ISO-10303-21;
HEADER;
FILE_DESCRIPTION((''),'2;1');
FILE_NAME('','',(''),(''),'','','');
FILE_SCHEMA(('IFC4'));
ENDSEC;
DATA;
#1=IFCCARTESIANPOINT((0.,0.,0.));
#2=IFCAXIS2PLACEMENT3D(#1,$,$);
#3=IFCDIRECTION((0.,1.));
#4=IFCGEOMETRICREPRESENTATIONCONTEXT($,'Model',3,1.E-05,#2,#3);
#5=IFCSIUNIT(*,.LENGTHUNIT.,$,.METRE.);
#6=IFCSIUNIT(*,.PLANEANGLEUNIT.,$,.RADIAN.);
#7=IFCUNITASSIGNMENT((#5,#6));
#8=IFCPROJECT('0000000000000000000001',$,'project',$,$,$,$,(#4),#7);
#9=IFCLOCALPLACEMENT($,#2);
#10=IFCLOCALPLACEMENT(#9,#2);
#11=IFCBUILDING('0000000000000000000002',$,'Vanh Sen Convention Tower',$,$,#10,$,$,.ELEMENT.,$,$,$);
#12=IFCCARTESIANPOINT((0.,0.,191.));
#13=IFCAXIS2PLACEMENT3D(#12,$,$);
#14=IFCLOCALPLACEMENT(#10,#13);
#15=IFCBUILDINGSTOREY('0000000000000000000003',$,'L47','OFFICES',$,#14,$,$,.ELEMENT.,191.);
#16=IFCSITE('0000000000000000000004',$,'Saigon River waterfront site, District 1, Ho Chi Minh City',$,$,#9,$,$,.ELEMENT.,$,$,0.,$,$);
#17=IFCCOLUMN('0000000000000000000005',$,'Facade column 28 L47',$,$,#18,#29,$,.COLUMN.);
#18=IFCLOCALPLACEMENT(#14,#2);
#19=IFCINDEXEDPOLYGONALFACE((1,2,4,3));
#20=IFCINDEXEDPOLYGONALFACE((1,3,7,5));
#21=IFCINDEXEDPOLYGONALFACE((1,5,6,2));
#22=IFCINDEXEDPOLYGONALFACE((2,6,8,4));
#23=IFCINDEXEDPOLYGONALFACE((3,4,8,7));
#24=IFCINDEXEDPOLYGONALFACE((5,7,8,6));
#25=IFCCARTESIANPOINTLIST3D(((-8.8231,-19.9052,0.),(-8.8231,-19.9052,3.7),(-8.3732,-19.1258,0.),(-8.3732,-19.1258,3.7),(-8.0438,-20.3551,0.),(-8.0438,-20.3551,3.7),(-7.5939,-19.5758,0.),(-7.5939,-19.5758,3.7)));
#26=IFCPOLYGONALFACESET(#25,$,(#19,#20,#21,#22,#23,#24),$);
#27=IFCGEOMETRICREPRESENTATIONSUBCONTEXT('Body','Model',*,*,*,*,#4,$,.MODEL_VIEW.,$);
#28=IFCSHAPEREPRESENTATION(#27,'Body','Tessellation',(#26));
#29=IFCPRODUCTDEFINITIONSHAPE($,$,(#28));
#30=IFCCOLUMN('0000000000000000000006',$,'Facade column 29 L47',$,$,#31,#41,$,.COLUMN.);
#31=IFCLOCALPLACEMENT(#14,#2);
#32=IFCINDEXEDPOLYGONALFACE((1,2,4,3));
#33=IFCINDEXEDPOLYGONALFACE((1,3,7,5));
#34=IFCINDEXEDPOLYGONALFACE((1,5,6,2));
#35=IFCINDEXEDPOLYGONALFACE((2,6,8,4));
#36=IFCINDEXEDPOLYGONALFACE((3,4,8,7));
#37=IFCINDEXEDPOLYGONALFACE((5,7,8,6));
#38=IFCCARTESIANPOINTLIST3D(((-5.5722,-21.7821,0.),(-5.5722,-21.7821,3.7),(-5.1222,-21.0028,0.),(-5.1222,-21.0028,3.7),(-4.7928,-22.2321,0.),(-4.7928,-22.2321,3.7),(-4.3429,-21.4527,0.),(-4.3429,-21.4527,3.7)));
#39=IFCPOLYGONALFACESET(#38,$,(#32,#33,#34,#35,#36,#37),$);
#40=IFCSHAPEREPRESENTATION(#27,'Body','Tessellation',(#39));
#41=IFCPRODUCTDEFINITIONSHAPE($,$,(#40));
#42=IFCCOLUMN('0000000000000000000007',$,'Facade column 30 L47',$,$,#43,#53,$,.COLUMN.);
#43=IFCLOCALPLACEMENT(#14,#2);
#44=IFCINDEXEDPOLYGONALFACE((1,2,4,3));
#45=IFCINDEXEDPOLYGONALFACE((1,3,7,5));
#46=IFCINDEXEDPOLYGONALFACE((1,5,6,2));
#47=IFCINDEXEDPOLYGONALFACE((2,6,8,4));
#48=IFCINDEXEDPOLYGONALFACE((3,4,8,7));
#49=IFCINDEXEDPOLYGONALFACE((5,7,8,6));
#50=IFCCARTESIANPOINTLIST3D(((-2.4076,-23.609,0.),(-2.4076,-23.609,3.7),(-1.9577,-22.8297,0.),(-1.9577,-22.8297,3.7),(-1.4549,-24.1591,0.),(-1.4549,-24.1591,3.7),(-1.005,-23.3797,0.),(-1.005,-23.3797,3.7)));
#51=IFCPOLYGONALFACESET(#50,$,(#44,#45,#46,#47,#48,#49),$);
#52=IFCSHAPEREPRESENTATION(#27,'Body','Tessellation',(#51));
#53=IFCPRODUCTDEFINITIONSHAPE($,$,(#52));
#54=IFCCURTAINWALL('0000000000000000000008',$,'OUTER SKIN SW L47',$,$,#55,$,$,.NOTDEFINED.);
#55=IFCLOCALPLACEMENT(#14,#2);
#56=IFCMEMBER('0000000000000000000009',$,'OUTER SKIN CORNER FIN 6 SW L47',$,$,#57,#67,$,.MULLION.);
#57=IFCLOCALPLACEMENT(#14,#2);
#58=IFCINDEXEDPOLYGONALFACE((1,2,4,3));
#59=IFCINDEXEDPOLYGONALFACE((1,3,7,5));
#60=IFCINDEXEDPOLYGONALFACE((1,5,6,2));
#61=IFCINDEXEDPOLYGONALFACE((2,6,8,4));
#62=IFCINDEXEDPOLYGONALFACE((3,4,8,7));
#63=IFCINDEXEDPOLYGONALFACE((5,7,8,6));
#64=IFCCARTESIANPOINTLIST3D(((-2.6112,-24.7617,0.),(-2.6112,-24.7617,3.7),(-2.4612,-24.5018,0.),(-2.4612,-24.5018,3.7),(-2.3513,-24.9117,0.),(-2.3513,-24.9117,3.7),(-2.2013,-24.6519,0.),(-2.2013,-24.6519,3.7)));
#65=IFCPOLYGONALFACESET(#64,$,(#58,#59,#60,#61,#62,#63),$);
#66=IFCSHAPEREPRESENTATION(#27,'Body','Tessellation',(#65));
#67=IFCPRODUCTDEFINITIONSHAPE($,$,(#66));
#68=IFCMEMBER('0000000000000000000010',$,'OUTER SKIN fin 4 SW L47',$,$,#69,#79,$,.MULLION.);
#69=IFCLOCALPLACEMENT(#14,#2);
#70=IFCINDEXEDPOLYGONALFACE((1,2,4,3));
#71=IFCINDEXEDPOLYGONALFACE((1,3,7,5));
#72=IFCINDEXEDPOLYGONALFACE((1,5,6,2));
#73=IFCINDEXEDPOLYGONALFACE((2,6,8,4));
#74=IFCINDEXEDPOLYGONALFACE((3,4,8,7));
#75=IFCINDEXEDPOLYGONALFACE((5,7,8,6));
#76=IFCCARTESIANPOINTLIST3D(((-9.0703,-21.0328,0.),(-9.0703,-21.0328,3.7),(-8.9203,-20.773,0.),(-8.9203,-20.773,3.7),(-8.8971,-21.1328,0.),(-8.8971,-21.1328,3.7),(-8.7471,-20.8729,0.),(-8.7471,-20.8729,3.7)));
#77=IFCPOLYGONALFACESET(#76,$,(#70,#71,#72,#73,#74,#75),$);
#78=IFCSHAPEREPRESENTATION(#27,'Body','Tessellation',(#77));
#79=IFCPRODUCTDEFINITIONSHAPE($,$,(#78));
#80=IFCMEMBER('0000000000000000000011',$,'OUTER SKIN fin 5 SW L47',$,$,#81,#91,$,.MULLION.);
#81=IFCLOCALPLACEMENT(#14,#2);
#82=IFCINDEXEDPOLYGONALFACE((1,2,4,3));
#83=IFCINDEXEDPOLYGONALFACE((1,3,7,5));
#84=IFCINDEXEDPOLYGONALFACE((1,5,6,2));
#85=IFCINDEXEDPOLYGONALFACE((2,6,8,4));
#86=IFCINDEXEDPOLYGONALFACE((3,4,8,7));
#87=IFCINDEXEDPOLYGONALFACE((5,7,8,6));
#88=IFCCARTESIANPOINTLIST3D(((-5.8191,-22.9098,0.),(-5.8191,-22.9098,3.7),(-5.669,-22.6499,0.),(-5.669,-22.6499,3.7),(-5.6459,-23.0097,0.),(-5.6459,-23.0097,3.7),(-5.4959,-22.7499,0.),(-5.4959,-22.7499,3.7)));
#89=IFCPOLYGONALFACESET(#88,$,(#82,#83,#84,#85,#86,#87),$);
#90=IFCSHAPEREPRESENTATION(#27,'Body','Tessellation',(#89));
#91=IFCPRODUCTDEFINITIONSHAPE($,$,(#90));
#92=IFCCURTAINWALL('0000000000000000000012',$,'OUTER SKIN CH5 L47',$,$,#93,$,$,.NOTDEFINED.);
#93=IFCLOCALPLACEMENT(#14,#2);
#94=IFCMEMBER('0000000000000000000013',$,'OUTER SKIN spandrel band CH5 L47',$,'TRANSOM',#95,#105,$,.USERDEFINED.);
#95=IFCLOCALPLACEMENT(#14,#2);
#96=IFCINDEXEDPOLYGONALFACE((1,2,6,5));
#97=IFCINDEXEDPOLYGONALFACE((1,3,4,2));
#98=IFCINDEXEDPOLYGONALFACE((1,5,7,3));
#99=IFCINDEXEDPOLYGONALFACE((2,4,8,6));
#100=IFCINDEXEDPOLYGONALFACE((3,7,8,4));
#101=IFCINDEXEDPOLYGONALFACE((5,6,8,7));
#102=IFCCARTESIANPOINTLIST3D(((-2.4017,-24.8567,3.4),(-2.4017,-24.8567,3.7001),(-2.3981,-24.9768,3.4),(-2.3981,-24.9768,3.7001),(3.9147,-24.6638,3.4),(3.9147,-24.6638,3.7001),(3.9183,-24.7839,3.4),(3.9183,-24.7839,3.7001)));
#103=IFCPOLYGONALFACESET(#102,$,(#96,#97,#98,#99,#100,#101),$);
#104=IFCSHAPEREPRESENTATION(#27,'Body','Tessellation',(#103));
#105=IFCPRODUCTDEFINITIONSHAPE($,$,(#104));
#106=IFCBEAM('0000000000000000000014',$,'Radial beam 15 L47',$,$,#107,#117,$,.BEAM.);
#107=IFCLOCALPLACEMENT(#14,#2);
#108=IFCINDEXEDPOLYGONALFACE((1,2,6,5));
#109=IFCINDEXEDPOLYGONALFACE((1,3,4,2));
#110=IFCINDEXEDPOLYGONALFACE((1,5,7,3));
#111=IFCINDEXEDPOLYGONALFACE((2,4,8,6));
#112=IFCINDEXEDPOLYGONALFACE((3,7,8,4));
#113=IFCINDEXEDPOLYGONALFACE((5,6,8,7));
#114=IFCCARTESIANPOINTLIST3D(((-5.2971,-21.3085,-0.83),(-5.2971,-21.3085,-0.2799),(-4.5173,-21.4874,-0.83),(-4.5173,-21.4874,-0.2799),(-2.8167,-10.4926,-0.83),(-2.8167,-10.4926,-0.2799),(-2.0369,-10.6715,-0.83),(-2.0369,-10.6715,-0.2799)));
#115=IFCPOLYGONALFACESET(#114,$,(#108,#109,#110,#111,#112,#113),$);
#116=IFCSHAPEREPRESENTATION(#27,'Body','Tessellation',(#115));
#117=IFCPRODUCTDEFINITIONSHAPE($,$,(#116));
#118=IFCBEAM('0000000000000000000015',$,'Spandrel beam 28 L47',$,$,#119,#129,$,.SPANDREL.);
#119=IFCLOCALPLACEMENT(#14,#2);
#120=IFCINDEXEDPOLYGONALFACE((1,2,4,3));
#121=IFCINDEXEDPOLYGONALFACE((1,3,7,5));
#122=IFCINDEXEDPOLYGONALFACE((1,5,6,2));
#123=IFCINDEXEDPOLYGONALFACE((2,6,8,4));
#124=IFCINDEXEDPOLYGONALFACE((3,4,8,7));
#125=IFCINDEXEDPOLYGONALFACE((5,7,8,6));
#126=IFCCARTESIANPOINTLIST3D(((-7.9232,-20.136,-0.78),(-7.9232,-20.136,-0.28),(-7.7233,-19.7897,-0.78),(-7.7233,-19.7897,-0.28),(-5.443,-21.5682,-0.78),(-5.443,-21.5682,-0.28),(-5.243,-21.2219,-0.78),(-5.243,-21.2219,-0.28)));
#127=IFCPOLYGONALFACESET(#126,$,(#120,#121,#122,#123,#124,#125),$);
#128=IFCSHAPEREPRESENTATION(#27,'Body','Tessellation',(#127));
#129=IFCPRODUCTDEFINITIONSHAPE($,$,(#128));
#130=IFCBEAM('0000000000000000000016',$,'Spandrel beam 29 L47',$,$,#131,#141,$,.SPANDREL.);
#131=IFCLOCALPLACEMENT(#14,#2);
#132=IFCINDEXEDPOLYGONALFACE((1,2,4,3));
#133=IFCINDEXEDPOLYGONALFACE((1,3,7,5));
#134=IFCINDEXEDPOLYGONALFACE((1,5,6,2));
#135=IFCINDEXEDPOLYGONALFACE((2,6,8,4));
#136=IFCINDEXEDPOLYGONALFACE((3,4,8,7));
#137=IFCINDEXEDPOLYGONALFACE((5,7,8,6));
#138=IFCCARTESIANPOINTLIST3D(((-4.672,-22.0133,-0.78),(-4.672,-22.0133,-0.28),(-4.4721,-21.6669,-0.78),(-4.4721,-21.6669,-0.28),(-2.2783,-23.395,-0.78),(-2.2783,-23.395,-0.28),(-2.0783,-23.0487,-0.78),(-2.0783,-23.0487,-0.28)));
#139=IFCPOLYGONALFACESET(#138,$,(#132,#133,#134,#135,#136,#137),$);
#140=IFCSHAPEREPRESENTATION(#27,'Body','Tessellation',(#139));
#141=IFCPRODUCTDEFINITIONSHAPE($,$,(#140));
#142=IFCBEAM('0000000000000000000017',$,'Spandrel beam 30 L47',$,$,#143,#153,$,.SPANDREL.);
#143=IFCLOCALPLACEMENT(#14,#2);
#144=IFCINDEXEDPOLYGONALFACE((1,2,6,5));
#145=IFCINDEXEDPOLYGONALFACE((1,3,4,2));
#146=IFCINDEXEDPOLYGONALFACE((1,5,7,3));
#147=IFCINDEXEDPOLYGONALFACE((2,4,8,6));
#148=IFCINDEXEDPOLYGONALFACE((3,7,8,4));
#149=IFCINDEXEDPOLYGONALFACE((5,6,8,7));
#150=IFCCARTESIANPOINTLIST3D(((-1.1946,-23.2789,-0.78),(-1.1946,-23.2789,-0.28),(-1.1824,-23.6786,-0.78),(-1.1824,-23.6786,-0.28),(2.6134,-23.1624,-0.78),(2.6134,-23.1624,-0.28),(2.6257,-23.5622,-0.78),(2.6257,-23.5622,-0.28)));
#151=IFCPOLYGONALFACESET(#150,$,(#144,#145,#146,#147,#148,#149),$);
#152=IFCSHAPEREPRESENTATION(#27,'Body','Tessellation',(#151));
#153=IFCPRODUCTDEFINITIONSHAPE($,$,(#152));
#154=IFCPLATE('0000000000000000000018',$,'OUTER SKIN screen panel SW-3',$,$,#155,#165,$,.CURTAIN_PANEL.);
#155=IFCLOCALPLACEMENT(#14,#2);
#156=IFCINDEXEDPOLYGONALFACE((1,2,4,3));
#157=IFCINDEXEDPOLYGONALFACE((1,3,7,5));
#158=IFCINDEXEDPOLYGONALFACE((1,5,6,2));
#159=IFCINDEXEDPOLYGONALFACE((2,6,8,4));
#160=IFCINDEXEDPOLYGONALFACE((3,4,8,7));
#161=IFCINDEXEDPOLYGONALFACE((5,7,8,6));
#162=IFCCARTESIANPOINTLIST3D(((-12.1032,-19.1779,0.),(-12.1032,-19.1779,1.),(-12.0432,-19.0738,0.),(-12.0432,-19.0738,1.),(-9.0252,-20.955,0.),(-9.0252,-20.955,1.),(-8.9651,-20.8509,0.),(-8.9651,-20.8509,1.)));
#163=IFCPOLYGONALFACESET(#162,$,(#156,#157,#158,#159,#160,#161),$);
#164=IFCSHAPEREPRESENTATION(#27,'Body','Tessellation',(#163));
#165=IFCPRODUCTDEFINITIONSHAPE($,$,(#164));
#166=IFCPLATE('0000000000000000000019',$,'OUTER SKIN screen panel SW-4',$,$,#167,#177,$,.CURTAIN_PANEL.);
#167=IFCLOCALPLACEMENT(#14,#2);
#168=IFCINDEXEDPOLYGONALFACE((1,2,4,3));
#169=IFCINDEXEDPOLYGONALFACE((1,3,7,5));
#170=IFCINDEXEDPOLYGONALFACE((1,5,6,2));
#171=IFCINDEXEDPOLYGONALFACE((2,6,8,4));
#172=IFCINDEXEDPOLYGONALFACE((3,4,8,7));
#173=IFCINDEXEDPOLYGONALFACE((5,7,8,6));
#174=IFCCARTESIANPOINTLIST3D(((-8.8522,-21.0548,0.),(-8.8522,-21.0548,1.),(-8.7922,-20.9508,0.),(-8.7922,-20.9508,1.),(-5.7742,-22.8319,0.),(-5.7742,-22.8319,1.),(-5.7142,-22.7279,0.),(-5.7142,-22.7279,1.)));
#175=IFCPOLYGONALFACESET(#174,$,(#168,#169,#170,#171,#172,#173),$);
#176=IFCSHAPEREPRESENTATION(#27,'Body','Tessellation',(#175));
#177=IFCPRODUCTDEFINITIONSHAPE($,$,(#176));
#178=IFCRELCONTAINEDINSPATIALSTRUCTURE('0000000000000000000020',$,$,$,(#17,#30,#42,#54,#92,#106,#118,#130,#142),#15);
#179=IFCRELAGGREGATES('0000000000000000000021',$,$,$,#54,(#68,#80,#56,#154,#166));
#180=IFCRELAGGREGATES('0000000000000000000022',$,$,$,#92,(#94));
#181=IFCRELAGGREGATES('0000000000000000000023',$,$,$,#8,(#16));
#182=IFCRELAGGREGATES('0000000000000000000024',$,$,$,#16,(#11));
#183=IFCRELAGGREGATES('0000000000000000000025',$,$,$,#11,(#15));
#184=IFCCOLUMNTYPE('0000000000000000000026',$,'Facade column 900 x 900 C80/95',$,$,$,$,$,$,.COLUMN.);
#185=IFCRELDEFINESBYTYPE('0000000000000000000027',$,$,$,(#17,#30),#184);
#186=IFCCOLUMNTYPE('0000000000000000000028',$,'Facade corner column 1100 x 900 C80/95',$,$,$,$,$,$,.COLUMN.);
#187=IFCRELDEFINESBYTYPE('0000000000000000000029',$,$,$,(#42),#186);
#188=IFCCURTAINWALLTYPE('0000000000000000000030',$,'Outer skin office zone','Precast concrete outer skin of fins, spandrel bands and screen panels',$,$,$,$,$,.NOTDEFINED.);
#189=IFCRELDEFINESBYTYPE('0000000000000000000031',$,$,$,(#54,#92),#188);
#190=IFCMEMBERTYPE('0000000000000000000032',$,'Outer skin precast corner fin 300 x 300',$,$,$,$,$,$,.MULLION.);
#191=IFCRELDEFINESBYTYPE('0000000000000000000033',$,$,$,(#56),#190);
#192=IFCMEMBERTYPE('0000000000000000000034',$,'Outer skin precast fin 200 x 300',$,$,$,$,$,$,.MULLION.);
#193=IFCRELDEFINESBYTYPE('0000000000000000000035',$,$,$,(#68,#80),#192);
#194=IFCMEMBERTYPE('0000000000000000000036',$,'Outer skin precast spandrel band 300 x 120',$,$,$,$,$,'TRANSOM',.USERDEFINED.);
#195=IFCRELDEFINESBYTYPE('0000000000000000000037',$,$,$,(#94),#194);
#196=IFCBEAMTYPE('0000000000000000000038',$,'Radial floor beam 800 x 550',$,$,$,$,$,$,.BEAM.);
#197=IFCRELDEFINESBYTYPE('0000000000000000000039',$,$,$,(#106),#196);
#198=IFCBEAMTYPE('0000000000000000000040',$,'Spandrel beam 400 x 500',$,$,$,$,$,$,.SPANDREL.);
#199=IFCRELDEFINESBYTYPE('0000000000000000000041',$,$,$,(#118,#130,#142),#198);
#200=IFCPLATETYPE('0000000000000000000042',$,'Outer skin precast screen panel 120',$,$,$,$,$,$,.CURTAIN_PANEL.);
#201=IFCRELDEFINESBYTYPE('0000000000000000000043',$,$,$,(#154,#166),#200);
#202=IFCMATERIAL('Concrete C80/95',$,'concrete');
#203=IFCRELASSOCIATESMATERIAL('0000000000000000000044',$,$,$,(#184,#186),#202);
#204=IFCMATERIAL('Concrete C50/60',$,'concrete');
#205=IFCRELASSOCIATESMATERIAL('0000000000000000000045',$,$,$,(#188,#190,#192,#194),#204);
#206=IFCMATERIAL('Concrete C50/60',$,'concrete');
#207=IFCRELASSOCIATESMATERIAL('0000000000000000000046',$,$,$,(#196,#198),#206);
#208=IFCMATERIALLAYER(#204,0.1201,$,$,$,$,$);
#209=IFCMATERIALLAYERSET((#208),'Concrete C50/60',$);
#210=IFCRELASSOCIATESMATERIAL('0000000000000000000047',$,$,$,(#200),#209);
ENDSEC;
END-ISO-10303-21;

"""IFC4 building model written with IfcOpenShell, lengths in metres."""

from ifc_helpers import new_model, si_unit, direction, frame, origin, origin_2d, place, context, subcontext, project, spatial, rectangle, extrude, material, layer, layer_set, material_profile, profile_set, type_object, element, aggregate, save


model = new_model("IFC4")

# Units and contexts
model_context = context("Model", 3, precision=1e-05, world=origin(), true_north=direction((0.0, 1.0)))
body_context = subcontext(model_context, "Body", "Model", "MODEL_VIEW")
ifc_project = project(units=[si_unit("LENGTHUNIT", "METRE"), si_unit("PLANEANGLEUNIT", "RADIAN")], contexts=[model_context])

# Site, building, storey
site_placement = place(None, origin())
site = spatial("IfcSite", under=ifc_project, at=site_placement, Name="Saigon River waterfront site, District 1, Ho Chi Minh City", CompositionType="ELEMENT", RefElevation=0.0)
building_placement = place(site_placement, origin())
building = spatial("IfcBuilding", under=site, at=building_placement, Name="Vanh Sen Convention Tower", CompositionType="ELEMENT")
storey_placement = place(building_placement, frame((0.0, 0.0, 191.0)))
storey = spatial("IfcBuildingStorey", under=building, at=storey_placement, Name="L47", Description="OFFICES", CompositionType="ELEMENT", Elevation=191.0)

# Columns
ifc_material_1 = material(Name="Concrete C80/95", Category="concrete")
ifc_material_profile_1 = material_profile(ifc_material_1, rectangle(XDim=0.8999, YDim=0.8999, at=origin_2d()), Name="RC 900X900")
ifc_profile_set_1 = profile_set([ifc_material_profile_1], Name="Concrete C80/95")
column_type_1 = type_object("IfcColumnType", Name="Facade column 900 x 900 C80/95", PredefinedType="COLUMN", material=ifc_profile_set_1)
for number, where, z_axis, x_axis, name in (
    (1, (-8.2085, -19.7405, 0.0), (0.0, 0.0, 1.0), (0.866025, -0.5, 0.0), "Facade column 28 L47"),
    (2, (-4.9575, -21.6174, 0.0), (0.0, 0.0, 1.0), (0.866025, -0.5, 0.0), "Facade column 29 L47"),
):
    element("IfcColumn", number, at=place(storey_placement, frame(where, z_axis=z_axis, x_axis=x_axis)), inside=storey, type_object=column_type_1, Name=name, PredefinedType="COLUMN", context=body_context, shape_type="SweptSolid", body=[
        extrude(rectangle(XDim=0.8999, YDim=0.8999, at=origin_2d()), origin(), (0.0, 0.0, 1.0), 3.7),
    ])
ifc_material_profile_2 = material_profile(ifc_material_1, rectangle(XDim=1.1001, YDim=0.8999, at=origin_2d()), Name="RC 1100X900")
ifc_profile_set_2 = profile_set([ifc_material_profile_2], Name="Concrete C80/95")
column_type_2 = type_object("IfcColumnType", Name="Facade corner column 1100 x 900 C80/95", PredefinedType="COLUMN", material=ifc_profile_set_2)
column_placement = place(storey_placement, frame((-1.7063, -23.4944, 0.0), z_axis=(0.0, 0.0, 1.0), x_axis=(0.866025, -0.5, 0.0)))
element("IfcColumn", 3, at=column_placement, inside=storey, type_object=column_type_2, Name="Facade column 30 L47", PredefinedType="COLUMN", context=body_context, shape_type="SweptSolid", body=[
    extrude(rectangle(XDim=1.1001, YDim=0.8999, at=origin_2d()), origin(), (0.0, 0.0, 1.0), 3.7),
])

# Curtain wall, members
ifc_material_2 = material(Name="Concrete C50/60", Category="concrete")
curtain_wall_type = type_object("IfcCurtainWallType", Name="Outer skin office zone", Description="Precast concrete outer skin of fins, spandrel bands and screen panels", PredefinedType="NOTDEFINED", material=ifc_material_2)
curtain_wall_1_placement = place(storey_placement, origin())
curtain_wall_1 = element("IfcCurtainWall", 4, at=curtain_wall_1_placement, inside=storey, type_object=curtain_wall_type, Name="OUTER SKIN SW L47", PredefinedType="NOTDEFINED")
ifc_material_profile_3 = material_profile(ifc_material_2, rectangle(XDim=0.3, YDim=0.3, at=origin_2d()), Name="Outer skin precast corner fin 300 x 300")
ifc_profile_set_3 = profile_set([ifc_material_profile_3], Name="Concrete C50/60")
member_type_1 = type_object("IfcMemberType", Name="Outer skin precast corner fin 300 x 300", PredefinedType="MULLION", material=ifc_profile_set_3)
member_1_placement = place(storey_placement, frame((-2.4062, -24.7068, 0.0), z_axis=(0.0, 0.0, 1.0), x_axis=(0.866025, -0.5, 0.0)))
member_1 = element("IfcMember", 5, at=member_1_placement, type_object=member_type_1, Name="OUTER SKIN CORNER FIN 6 SW L47", PredefinedType="MULLION", context=body_context, shape_type="SweptSolid", body=[
    extrude(rectangle(XDim=0.3, YDim=0.3, at=origin_2d()), origin(), (0.0, 0.0, 1.0), 3.7),
])
ifc_material_profile_4 = material_profile(ifc_material_2, rectangle(XDim=0.2, YDim=0.3, at=origin_2d()), Name="Outer skin precast fin 200 x 300")
ifc_profile_set_4 = profile_set([ifc_material_profile_4], Name="Concrete C50/60")
member_type_2 = type_object("IfcMemberType", Name="Outer skin precast fin 200 x 300", PredefinedType="MULLION", material=ifc_profile_set_4)
member_2_placement = place(storey_placement, frame((-8.9087, -20.9529, 0.0), z_axis=(0.0, 0.0, 1.0), x_axis=(0.866025, -0.5, 0.0)))
member_2 = element("IfcMember", 6, at=member_2_placement, type_object=member_type_2, Name="OUTER SKIN fin 4 SW L47", PredefinedType="MULLION", context=body_context, shape_type="SweptSolid", body=[
    extrude(rectangle(XDim=0.2, YDim=0.3, at=origin_2d()), origin(), (0.0, 0.0, 1.0), 3.7),
])
member_3_placement = place(storey_placement, frame((-5.6575, -22.8298, 0.0), z_axis=(0.0, 0.0, 1.0), x_axis=(0.866025, -0.5, 0.0)))
member_3 = element("IfcMember", 7, at=member_3_placement, type_object=member_type_2, Name="OUTER SKIN fin 5 SW L47", PredefinedType="MULLION", context=body_context, shape_type="SweptSolid", body=[
    extrude(rectangle(XDim=0.2, YDim=0.3, at=origin_2d()), origin(), (0.0, 0.0, 1.0), 3.7),
])

# Curtain wall, member
curtain_wall_2_placement = place(storey_placement, origin())
curtain_wall_2 = element("IfcCurtainWall", 8, at=curtain_wall_2_placement, inside=storey, type_object=curtain_wall_type, Name="OUTER SKIN CH5 L47", PredefinedType="NOTDEFINED")
ifc_material_profile_5 = material_profile(ifc_material_2, rectangle(XDim=0.1201, YDim=0.3, at=origin_2d()), Name="Outer skin precast spandrel band 300 x 120")
ifc_profile_set_5 = profile_set([ifc_material_profile_5], Name="Concrete C50/60")
member_type_3 = type_object("IfcMemberType", Name="Outer skin precast spandrel band 300 x 120", ElementType="TRANSOM", PredefinedType="USERDEFINED", material=ifc_profile_set_5)
member_4_placement = place(storey_placement, frame((-2.3999, -24.9167, 3.55), z_axis=(0.999534, 0.030521, 0.0), x_axis=(-0.030521, 0.999534, 0.0)))
member_4 = element("IfcMember", 9, at=member_4_placement, type_object=member_type_3, Name="OUTER SKIN spandrel band CH5 L47", ObjectType="TRANSOM", PredefinedType="USERDEFINED", context=body_context, shape_type="SweptSolid", body=[
    extrude(rectangle(XDim=0.1201, YDim=0.3, at=origin_2d()), origin(), (0.0, 0.0, 1.0), 6.3193),
])

# Beams
ifc_material_3 = material(Name="Concrete C50/60", Category="concrete")
ifc_material_profile_6 = material_profile(ifc_material_3, rectangle(XDim=0.8, YDim=0.55, at=origin_2d()), Name="RC 800X550")
ifc_profile_set_6 = profile_set([ifc_material_profile_6], Name="Concrete C50/60")
beam_type_1 = type_object("IfcBeamType", Name="Radial floor beam 800 x 550", PredefinedType="BEAM", material=ifc_profile_set_6)
beam_1_placement = place(storey_placement, frame((-4.9072, -21.3979, -0.5549), z_axis=(0.223532, 0.974697, 0.0), x_axis=(-0.974697, 0.223532, 0.0)))
element("IfcBeam", 10, at=beam_1_placement, inside=storey, type_object=beam_type_1, Name="Radial beam 15 L47", PredefinedType="BEAM", context=body_context, shape_type="SweptSolid", body=[
    extrude(rectangle(XDim=0.8, YDim=0.55, at=origin_2d()), origin(), (0.0, 0.0, 1.0), 11.0967),
])
ifc_material_profile_7 = material_profile(ifc_material_3, rectangle(XDim=0.3999, YDim=0.5, at=origin_2d()), Name="RC 400X500")
ifc_profile_set_7 = profile_set([ifc_material_profile_7], Name="Concrete C50/60")
beam_type_2 = type_object("IfcBeamType", Name="Spandrel beam 400 x 500", PredefinedType="SPANDREL", material=ifc_profile_set_7)
beam_2_placement = place(storey_placement, frame((-7.8232, -19.9629, -0.53), z_axis=(0.866, -0.500045, 0.0), x_axis=(0.500045, 0.866, 0.0)))
element("IfcBeam", 11, at=beam_2_placement, inside=storey, type_object=beam_type_2, Name="Spandrel beam 28 L47", PredefinedType="SPANDREL", context=body_context, shape_type="SweptSolid", body=[
    extrude(rectangle(XDim=0.3999, YDim=0.5, at=origin_2d()), origin(), (0.0, 0.0, 1.0), 2.864),
])
beam_3_placement = place(storey_placement, frame((-4.572, -21.8401, -0.53), z_axis=(0.866061, -0.499939, 0.0), x_axis=(0.499939, 0.866061, 0.0)))
element("IfcBeam", 12, at=beam_3_placement, inside=storey, type_object=beam_type_2, Name="Spandrel beam 29 L47", PredefinedType="SPANDREL", context=body_context, shape_type="SweptSolid", body=[
    extrude(rectangle(XDim=0.3999, YDim=0.5, at=origin_2d()), origin(), (0.0, 0.0, 1.0), 2.7639),
])
beam_4_placement = place(storey_placement, frame((-1.1885, -23.4788, -0.53), z_axis=(0.999533, 0.030567, 0.0), x_axis=(-0.030567, 0.999533, 0.0)))
element("IfcBeam", 13, at=beam_4_placement, inside=storey, type_object=beam_type_2, Name="Spandrel beam 30 L47", PredefinedType="SPANDREL", context=body_context, shape_type="SweptSolid", body=[
    extrude(rectangle(XDim=0.3999, YDim=0.5, at=origin_2d()), origin(), (0.0, 0.0, 1.0), 3.8098),
])

# Plates
ifc_layer_1 = layer(ifc_material_2, 0.1201)
ifc_layer_set_1 = layer_set([ifc_layer_1], Name="Concrete C50/60")
plate_type = type_object("IfcPlateType", Name="Outer skin precast screen panel 120", PredefinedType="CURTAIN_PANEL", material=ifc_layer_set_1)
plate_1_placement = place(storey_placement, frame((-10.5342, -20.0144, 0.0), z_axis=(0.0, 0.0, 1.0), x_axis=(0.866024, -0.500003, 0.0)))
plate_1 = element("IfcPlate", 14, at=plate_1_placement, type_object=plate_type, Name="OUTER SKIN screen panel SW-3", PredefinedType="CURTAIN_PANEL", context=body_context, shape_type="SweptSolid", body=[
    extrude(rectangle(XDim=3.5542, YDim=0.1201, at=origin_2d()), origin(), (0.0, 0.0, 1.0), 1.0),
])
plate_2_placement = place(storey_placement, frame((-7.2832, -21.8914, 0.0), z_axis=(0.0, 0.0, 1.0), x_axis=(0.866017, -0.500015, 0.0)))
plate_2 = element("IfcPlate", 15, at=plate_2_placement, type_object=plate_type, Name="OUTER SKIN screen panel SW-4", PredefinedType="CURTAIN_PANEL", context=body_context, shape_type="SweptSolid", body=[
    extrude(rectangle(XDim=3.5542, YDim=0.1201, at=origin_2d()), origin(), (0.0, 0.0, 1.0), 1.0),
])
aggregate(curtain_wall_1, [member_2, member_3, member_1, plate_1, plate_2])
aggregate(curtain_wall_2, [member_4])

save(model, "model.ifc")
